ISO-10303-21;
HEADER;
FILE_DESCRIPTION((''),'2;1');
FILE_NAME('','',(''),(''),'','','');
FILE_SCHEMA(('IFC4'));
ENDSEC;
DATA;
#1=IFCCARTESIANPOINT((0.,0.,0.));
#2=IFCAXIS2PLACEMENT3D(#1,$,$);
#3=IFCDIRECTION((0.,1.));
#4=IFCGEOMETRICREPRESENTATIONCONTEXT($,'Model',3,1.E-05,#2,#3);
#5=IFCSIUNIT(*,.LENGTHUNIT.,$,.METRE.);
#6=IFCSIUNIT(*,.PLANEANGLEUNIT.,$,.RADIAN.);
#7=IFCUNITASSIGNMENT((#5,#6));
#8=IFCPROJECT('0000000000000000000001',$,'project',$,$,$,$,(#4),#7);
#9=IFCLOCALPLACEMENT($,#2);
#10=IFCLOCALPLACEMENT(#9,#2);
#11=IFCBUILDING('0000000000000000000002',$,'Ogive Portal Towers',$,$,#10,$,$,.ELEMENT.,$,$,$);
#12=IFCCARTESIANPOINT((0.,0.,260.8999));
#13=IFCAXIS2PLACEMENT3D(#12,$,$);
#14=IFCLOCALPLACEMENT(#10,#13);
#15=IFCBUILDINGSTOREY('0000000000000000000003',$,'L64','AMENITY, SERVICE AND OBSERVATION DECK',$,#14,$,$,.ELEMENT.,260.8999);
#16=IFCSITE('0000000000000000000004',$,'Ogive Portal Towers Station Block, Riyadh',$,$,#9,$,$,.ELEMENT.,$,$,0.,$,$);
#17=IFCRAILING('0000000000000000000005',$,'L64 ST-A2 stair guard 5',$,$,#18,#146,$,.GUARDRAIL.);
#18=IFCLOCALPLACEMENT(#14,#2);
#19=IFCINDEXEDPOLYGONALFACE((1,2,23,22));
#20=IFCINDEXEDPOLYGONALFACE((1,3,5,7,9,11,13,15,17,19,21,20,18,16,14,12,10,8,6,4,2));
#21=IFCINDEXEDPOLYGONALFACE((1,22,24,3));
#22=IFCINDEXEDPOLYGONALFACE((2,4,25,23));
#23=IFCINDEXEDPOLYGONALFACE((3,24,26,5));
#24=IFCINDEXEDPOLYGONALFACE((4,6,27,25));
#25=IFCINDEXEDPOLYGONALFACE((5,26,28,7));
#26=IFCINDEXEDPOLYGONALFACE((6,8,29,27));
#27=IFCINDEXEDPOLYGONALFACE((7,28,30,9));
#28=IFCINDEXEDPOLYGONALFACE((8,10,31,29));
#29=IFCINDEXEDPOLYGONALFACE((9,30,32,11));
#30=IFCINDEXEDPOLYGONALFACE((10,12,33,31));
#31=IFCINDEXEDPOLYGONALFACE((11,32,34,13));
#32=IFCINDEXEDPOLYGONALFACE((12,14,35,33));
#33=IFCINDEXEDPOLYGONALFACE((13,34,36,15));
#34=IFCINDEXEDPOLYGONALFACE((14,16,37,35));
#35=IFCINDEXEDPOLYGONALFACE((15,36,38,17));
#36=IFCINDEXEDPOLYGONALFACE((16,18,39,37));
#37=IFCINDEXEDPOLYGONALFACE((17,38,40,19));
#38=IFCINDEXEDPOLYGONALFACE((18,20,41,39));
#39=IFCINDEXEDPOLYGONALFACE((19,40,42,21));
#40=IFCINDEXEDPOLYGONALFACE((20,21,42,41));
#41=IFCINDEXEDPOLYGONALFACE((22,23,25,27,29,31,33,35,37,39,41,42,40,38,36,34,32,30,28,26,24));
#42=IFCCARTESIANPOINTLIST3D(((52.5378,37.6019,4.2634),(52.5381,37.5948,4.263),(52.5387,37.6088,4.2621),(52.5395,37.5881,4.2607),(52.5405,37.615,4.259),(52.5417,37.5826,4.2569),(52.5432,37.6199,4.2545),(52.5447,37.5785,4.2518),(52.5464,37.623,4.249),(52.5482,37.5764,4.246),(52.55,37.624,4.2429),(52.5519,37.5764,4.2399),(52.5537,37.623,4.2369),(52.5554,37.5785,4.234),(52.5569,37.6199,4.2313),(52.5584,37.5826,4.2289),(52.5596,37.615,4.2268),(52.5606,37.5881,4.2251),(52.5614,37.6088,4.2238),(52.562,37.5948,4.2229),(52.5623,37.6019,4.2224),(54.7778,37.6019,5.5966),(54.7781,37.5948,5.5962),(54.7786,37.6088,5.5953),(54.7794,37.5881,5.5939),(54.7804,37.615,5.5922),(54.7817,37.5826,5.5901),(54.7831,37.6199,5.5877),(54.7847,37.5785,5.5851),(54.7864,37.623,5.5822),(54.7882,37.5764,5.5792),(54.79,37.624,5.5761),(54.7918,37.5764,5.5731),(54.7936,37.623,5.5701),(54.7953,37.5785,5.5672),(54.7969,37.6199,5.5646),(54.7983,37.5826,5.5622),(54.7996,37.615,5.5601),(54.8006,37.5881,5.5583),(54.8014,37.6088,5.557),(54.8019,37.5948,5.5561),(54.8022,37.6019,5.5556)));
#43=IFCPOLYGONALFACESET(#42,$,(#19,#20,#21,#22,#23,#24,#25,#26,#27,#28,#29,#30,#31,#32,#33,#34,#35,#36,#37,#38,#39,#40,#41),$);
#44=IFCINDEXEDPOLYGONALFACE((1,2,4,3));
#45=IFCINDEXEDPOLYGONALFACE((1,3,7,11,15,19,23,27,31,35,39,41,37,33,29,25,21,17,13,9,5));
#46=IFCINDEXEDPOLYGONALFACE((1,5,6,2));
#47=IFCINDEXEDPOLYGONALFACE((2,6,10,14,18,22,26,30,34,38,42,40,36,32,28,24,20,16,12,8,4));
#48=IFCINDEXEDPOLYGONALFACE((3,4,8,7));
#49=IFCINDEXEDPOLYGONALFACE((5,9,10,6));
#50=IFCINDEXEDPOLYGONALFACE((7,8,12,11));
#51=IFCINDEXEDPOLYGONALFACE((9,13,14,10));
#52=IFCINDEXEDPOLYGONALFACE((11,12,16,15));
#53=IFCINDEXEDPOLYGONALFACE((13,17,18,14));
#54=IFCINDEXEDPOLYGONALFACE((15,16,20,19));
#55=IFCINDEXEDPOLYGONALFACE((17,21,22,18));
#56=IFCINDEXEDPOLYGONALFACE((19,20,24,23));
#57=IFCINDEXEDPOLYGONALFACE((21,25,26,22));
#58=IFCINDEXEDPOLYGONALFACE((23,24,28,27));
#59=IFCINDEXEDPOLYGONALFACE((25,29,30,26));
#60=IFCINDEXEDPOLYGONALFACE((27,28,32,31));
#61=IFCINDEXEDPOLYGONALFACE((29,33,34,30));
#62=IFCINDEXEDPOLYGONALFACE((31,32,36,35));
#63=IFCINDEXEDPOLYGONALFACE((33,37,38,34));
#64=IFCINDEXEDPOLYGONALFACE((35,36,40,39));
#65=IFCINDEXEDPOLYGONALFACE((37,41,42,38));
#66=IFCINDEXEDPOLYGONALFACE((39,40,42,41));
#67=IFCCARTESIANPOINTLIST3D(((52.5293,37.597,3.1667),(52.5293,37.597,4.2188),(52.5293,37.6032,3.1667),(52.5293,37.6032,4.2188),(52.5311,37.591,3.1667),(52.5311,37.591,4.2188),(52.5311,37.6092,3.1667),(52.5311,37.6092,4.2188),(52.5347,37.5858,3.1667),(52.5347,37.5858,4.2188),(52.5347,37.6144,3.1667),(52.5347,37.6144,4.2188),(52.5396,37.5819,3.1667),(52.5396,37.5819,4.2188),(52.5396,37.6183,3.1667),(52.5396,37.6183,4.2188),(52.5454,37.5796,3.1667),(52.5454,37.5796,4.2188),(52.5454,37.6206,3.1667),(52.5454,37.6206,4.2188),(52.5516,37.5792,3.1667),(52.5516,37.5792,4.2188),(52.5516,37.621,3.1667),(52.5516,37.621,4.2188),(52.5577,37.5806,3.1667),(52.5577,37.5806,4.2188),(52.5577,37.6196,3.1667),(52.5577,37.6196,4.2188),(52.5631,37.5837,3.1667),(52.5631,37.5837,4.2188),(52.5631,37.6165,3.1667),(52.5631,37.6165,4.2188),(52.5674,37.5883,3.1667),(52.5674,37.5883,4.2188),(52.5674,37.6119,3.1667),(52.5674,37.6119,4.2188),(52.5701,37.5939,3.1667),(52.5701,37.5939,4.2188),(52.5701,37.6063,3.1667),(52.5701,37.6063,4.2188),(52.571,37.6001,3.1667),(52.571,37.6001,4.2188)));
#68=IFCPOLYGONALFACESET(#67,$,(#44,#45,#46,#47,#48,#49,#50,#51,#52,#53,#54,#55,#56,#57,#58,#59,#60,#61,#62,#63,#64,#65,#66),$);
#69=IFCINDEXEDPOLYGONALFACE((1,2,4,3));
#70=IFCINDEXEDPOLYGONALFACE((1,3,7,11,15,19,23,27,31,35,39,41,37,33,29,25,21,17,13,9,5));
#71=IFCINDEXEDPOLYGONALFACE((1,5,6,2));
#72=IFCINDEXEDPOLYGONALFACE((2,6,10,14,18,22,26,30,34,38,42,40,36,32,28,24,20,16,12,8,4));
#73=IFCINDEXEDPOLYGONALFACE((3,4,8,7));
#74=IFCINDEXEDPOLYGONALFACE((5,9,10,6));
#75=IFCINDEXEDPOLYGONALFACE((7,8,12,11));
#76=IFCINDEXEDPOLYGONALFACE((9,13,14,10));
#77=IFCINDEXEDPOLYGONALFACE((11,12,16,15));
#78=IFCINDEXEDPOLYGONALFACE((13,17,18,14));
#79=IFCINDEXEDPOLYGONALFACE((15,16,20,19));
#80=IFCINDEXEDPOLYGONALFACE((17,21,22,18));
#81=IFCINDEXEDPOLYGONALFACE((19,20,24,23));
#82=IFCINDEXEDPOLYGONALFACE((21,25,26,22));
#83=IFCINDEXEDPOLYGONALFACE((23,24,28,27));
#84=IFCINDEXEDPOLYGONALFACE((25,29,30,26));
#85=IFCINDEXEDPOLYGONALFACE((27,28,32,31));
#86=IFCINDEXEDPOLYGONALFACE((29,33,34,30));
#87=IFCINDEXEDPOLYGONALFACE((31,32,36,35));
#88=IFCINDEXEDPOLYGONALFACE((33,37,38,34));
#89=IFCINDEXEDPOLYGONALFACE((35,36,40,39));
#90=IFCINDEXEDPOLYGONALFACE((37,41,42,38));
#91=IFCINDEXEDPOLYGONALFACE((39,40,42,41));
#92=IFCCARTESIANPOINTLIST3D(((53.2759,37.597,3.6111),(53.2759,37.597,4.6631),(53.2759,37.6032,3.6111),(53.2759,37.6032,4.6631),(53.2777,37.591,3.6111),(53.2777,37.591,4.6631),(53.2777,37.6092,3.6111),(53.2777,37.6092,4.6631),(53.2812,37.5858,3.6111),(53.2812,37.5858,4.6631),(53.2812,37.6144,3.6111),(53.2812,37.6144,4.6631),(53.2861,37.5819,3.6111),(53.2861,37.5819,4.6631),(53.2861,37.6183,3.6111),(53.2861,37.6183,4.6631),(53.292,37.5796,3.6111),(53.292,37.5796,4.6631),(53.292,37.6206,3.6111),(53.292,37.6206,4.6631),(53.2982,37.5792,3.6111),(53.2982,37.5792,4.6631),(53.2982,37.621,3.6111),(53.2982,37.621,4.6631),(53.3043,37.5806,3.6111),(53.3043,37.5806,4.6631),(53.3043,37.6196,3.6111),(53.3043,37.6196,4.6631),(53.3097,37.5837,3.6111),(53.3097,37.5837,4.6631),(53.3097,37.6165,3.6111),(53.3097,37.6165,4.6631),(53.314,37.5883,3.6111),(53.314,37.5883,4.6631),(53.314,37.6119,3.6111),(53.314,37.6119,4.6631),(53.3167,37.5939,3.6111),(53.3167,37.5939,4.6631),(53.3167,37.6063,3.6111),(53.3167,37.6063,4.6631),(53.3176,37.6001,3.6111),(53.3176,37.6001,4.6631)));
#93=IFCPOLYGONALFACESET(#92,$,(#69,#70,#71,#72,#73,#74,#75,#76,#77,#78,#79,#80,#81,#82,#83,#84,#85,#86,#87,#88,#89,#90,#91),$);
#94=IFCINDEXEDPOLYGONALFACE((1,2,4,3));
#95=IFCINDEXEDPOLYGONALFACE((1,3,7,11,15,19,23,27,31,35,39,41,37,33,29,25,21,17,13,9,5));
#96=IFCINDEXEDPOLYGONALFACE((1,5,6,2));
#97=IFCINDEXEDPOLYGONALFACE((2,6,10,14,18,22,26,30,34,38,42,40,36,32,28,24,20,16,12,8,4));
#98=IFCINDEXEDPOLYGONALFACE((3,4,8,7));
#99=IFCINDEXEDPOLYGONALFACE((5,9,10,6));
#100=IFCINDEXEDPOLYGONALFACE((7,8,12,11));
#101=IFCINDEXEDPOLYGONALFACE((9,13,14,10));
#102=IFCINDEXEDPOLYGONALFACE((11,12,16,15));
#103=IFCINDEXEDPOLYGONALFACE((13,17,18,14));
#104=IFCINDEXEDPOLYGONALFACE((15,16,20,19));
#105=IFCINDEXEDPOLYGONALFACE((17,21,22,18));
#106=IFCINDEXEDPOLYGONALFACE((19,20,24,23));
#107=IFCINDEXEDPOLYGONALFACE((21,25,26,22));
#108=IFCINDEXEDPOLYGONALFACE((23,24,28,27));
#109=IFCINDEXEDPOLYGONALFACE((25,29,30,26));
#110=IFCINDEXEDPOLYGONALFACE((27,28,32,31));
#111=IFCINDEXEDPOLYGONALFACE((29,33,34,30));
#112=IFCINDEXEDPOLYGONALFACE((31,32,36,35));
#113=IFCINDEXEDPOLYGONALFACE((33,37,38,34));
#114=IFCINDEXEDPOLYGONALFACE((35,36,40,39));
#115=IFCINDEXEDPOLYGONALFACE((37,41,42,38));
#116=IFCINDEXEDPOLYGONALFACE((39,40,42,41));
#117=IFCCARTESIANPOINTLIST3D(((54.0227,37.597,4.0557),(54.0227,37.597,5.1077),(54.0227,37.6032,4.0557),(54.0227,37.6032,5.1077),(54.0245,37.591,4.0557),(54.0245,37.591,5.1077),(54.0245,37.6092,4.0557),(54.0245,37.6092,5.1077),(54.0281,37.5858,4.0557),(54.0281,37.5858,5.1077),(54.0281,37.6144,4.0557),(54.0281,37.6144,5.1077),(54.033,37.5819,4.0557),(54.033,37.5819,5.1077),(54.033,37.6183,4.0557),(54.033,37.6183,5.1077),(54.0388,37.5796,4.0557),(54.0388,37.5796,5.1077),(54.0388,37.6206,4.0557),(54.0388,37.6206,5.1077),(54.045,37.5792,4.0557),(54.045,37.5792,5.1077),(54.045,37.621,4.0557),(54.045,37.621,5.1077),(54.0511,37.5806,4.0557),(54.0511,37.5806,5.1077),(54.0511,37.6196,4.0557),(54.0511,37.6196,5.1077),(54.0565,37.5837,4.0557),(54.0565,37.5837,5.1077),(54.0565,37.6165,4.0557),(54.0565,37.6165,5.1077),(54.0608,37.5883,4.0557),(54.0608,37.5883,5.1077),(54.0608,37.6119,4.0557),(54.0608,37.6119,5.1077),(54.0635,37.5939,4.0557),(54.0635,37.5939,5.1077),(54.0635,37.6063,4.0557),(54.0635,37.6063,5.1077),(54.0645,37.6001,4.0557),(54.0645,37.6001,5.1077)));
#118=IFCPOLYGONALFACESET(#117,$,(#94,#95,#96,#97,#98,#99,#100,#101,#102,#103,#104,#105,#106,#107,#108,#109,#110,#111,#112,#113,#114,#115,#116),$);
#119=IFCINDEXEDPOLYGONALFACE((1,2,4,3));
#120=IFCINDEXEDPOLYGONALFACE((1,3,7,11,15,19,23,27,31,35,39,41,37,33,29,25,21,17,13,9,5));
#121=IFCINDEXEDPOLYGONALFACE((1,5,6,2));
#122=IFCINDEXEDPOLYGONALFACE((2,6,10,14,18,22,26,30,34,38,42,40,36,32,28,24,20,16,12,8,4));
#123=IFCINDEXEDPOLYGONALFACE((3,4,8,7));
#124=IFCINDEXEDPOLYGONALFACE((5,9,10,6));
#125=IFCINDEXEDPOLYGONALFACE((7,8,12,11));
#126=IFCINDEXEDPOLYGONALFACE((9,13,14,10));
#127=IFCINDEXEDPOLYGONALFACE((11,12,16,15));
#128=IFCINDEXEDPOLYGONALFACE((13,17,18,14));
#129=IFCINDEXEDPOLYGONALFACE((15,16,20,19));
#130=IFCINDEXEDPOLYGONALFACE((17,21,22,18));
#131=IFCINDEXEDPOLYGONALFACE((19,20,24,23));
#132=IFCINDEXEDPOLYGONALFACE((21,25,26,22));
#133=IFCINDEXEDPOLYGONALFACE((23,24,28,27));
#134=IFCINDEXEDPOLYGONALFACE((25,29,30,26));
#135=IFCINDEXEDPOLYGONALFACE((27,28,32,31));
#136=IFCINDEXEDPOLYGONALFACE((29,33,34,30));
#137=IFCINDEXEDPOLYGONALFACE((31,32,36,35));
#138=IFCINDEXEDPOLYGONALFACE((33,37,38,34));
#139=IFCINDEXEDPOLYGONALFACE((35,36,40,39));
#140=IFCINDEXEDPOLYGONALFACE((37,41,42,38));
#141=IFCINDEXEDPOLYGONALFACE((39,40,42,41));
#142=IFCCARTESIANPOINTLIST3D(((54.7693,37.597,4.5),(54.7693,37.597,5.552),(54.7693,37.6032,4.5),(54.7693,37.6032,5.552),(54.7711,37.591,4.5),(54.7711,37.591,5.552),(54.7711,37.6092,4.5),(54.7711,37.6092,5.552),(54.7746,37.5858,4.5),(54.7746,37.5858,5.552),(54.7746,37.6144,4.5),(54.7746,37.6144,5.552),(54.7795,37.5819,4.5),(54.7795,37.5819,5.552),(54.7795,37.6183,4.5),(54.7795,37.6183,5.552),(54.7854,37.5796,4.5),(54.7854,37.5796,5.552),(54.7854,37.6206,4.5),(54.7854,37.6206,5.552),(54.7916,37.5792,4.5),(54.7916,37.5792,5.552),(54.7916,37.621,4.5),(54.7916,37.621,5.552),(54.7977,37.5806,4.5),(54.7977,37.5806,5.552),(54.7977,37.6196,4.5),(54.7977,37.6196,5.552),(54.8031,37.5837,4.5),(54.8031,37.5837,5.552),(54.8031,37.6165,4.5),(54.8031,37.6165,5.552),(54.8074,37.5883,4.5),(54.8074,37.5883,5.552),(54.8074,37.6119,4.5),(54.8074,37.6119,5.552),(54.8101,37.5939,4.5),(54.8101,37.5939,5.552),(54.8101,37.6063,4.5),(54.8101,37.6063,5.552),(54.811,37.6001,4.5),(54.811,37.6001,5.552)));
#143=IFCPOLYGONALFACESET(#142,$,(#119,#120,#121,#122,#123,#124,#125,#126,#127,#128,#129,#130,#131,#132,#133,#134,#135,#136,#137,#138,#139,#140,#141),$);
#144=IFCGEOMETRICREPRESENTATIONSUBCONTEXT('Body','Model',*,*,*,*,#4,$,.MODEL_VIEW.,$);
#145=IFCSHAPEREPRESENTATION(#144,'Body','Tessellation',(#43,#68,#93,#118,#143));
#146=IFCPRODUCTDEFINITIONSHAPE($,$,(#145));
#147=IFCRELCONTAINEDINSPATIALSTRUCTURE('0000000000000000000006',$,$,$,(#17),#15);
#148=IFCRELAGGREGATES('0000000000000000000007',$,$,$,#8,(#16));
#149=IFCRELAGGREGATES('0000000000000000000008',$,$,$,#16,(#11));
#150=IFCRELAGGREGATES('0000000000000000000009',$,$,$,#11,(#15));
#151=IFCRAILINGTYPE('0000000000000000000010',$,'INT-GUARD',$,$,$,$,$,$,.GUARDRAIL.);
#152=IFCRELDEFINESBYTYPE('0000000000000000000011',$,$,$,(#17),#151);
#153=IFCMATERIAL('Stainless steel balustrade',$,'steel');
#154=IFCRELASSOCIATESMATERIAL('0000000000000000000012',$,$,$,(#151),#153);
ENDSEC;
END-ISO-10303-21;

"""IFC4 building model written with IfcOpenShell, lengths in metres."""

from ifc_helpers import new_model, si_unit, direction, frame, origin, origin_2d, place, context, subcontext, project, spatial, circle, extrude, material, type_object, element, save


model = new_model("IFC4")

# Units and contexts
model_context = context("Model", 3, precision=1e-05, world=origin(), true_north=direction((0.0, 1.0)))
body_context = subcontext(model_context, "Body", "Model", "MODEL_VIEW")
ifc_project = project(units=[si_unit("LENGTHUNIT", "METRE"), si_unit("PLANEANGLEUNIT", "RADIAN")], contexts=[model_context])

# Site, building, storey
site_placement = place(None, origin())
site = spatial("IfcSite", under=ifc_project, at=site_placement, Name="Ogive Portal Towers Station Block, Riyadh", CompositionType="ELEMENT", RefElevation=0.0)
building_placement = place(site_placement, origin())
building = spatial("IfcBuilding", under=site, at=building_placement, Name="Ogive Portal Towers", CompositionType="ELEMENT")
storey_placement = place(building_placement, frame((0.0, 0.0, 260.8999)))
storey = spatial("IfcBuildingStorey", under=building, at=storey_placement, Name="L64", Description="AMENITY, SERVICE AND OBSERVATION DECK", CompositionType="ELEMENT", Elevation=260.8999)

# Railing
ifc_material_1 = material(Name="Stainless steel balustrade", Category="steel")
railing_type_1 = type_object("IfcRailingType", Name="INT-GUARD", PredefinedType="GUARDRAIL", material=ifc_material_1)
railing_1_placement = place(storey_placement, frame((52.55, 37.6001, 3.1667)))
element("IfcRailing", 1, at=railing_1_placement, inside=storey, type_object=railing_type_1, Name="L64 ST-A2 stair guard 5", PredefinedType="GUARDRAIL", context=body_context, shape_type="SweptSolid", body=[
    extrude(circle(Radius=0.0239, at=origin_2d()), frame((0.0, 0.0, 1.0762), z_axis=(0.859306, 0.0, 0.511462), x_axis=(0.0, 1.0, 0.0)), (0.0, 0.0, 1.0), 2.6067),
    extrude(circle(Radius=0.021, at=origin_2d()), origin(), (0.0, 0.0, 1.0), 1.052),
    extrude(circle(Radius=0.021, at=origin_2d()), frame((0.7466, 0.0, 0.4443)), (0.0, 0.0, 1.0), 1.052),
    extrude(circle(Radius=0.021, at=origin_2d()), frame((1.4934, 0.0, 0.8889)), (0.0, 0.0, 1.0), 1.052),
    extrude(circle(Radius=0.021, at=origin_2d()), frame((2.24, 0.0, 1.3333)), (0.0, 0.0, 1.0), 1.052),
])

save(model, "model.ifc")
